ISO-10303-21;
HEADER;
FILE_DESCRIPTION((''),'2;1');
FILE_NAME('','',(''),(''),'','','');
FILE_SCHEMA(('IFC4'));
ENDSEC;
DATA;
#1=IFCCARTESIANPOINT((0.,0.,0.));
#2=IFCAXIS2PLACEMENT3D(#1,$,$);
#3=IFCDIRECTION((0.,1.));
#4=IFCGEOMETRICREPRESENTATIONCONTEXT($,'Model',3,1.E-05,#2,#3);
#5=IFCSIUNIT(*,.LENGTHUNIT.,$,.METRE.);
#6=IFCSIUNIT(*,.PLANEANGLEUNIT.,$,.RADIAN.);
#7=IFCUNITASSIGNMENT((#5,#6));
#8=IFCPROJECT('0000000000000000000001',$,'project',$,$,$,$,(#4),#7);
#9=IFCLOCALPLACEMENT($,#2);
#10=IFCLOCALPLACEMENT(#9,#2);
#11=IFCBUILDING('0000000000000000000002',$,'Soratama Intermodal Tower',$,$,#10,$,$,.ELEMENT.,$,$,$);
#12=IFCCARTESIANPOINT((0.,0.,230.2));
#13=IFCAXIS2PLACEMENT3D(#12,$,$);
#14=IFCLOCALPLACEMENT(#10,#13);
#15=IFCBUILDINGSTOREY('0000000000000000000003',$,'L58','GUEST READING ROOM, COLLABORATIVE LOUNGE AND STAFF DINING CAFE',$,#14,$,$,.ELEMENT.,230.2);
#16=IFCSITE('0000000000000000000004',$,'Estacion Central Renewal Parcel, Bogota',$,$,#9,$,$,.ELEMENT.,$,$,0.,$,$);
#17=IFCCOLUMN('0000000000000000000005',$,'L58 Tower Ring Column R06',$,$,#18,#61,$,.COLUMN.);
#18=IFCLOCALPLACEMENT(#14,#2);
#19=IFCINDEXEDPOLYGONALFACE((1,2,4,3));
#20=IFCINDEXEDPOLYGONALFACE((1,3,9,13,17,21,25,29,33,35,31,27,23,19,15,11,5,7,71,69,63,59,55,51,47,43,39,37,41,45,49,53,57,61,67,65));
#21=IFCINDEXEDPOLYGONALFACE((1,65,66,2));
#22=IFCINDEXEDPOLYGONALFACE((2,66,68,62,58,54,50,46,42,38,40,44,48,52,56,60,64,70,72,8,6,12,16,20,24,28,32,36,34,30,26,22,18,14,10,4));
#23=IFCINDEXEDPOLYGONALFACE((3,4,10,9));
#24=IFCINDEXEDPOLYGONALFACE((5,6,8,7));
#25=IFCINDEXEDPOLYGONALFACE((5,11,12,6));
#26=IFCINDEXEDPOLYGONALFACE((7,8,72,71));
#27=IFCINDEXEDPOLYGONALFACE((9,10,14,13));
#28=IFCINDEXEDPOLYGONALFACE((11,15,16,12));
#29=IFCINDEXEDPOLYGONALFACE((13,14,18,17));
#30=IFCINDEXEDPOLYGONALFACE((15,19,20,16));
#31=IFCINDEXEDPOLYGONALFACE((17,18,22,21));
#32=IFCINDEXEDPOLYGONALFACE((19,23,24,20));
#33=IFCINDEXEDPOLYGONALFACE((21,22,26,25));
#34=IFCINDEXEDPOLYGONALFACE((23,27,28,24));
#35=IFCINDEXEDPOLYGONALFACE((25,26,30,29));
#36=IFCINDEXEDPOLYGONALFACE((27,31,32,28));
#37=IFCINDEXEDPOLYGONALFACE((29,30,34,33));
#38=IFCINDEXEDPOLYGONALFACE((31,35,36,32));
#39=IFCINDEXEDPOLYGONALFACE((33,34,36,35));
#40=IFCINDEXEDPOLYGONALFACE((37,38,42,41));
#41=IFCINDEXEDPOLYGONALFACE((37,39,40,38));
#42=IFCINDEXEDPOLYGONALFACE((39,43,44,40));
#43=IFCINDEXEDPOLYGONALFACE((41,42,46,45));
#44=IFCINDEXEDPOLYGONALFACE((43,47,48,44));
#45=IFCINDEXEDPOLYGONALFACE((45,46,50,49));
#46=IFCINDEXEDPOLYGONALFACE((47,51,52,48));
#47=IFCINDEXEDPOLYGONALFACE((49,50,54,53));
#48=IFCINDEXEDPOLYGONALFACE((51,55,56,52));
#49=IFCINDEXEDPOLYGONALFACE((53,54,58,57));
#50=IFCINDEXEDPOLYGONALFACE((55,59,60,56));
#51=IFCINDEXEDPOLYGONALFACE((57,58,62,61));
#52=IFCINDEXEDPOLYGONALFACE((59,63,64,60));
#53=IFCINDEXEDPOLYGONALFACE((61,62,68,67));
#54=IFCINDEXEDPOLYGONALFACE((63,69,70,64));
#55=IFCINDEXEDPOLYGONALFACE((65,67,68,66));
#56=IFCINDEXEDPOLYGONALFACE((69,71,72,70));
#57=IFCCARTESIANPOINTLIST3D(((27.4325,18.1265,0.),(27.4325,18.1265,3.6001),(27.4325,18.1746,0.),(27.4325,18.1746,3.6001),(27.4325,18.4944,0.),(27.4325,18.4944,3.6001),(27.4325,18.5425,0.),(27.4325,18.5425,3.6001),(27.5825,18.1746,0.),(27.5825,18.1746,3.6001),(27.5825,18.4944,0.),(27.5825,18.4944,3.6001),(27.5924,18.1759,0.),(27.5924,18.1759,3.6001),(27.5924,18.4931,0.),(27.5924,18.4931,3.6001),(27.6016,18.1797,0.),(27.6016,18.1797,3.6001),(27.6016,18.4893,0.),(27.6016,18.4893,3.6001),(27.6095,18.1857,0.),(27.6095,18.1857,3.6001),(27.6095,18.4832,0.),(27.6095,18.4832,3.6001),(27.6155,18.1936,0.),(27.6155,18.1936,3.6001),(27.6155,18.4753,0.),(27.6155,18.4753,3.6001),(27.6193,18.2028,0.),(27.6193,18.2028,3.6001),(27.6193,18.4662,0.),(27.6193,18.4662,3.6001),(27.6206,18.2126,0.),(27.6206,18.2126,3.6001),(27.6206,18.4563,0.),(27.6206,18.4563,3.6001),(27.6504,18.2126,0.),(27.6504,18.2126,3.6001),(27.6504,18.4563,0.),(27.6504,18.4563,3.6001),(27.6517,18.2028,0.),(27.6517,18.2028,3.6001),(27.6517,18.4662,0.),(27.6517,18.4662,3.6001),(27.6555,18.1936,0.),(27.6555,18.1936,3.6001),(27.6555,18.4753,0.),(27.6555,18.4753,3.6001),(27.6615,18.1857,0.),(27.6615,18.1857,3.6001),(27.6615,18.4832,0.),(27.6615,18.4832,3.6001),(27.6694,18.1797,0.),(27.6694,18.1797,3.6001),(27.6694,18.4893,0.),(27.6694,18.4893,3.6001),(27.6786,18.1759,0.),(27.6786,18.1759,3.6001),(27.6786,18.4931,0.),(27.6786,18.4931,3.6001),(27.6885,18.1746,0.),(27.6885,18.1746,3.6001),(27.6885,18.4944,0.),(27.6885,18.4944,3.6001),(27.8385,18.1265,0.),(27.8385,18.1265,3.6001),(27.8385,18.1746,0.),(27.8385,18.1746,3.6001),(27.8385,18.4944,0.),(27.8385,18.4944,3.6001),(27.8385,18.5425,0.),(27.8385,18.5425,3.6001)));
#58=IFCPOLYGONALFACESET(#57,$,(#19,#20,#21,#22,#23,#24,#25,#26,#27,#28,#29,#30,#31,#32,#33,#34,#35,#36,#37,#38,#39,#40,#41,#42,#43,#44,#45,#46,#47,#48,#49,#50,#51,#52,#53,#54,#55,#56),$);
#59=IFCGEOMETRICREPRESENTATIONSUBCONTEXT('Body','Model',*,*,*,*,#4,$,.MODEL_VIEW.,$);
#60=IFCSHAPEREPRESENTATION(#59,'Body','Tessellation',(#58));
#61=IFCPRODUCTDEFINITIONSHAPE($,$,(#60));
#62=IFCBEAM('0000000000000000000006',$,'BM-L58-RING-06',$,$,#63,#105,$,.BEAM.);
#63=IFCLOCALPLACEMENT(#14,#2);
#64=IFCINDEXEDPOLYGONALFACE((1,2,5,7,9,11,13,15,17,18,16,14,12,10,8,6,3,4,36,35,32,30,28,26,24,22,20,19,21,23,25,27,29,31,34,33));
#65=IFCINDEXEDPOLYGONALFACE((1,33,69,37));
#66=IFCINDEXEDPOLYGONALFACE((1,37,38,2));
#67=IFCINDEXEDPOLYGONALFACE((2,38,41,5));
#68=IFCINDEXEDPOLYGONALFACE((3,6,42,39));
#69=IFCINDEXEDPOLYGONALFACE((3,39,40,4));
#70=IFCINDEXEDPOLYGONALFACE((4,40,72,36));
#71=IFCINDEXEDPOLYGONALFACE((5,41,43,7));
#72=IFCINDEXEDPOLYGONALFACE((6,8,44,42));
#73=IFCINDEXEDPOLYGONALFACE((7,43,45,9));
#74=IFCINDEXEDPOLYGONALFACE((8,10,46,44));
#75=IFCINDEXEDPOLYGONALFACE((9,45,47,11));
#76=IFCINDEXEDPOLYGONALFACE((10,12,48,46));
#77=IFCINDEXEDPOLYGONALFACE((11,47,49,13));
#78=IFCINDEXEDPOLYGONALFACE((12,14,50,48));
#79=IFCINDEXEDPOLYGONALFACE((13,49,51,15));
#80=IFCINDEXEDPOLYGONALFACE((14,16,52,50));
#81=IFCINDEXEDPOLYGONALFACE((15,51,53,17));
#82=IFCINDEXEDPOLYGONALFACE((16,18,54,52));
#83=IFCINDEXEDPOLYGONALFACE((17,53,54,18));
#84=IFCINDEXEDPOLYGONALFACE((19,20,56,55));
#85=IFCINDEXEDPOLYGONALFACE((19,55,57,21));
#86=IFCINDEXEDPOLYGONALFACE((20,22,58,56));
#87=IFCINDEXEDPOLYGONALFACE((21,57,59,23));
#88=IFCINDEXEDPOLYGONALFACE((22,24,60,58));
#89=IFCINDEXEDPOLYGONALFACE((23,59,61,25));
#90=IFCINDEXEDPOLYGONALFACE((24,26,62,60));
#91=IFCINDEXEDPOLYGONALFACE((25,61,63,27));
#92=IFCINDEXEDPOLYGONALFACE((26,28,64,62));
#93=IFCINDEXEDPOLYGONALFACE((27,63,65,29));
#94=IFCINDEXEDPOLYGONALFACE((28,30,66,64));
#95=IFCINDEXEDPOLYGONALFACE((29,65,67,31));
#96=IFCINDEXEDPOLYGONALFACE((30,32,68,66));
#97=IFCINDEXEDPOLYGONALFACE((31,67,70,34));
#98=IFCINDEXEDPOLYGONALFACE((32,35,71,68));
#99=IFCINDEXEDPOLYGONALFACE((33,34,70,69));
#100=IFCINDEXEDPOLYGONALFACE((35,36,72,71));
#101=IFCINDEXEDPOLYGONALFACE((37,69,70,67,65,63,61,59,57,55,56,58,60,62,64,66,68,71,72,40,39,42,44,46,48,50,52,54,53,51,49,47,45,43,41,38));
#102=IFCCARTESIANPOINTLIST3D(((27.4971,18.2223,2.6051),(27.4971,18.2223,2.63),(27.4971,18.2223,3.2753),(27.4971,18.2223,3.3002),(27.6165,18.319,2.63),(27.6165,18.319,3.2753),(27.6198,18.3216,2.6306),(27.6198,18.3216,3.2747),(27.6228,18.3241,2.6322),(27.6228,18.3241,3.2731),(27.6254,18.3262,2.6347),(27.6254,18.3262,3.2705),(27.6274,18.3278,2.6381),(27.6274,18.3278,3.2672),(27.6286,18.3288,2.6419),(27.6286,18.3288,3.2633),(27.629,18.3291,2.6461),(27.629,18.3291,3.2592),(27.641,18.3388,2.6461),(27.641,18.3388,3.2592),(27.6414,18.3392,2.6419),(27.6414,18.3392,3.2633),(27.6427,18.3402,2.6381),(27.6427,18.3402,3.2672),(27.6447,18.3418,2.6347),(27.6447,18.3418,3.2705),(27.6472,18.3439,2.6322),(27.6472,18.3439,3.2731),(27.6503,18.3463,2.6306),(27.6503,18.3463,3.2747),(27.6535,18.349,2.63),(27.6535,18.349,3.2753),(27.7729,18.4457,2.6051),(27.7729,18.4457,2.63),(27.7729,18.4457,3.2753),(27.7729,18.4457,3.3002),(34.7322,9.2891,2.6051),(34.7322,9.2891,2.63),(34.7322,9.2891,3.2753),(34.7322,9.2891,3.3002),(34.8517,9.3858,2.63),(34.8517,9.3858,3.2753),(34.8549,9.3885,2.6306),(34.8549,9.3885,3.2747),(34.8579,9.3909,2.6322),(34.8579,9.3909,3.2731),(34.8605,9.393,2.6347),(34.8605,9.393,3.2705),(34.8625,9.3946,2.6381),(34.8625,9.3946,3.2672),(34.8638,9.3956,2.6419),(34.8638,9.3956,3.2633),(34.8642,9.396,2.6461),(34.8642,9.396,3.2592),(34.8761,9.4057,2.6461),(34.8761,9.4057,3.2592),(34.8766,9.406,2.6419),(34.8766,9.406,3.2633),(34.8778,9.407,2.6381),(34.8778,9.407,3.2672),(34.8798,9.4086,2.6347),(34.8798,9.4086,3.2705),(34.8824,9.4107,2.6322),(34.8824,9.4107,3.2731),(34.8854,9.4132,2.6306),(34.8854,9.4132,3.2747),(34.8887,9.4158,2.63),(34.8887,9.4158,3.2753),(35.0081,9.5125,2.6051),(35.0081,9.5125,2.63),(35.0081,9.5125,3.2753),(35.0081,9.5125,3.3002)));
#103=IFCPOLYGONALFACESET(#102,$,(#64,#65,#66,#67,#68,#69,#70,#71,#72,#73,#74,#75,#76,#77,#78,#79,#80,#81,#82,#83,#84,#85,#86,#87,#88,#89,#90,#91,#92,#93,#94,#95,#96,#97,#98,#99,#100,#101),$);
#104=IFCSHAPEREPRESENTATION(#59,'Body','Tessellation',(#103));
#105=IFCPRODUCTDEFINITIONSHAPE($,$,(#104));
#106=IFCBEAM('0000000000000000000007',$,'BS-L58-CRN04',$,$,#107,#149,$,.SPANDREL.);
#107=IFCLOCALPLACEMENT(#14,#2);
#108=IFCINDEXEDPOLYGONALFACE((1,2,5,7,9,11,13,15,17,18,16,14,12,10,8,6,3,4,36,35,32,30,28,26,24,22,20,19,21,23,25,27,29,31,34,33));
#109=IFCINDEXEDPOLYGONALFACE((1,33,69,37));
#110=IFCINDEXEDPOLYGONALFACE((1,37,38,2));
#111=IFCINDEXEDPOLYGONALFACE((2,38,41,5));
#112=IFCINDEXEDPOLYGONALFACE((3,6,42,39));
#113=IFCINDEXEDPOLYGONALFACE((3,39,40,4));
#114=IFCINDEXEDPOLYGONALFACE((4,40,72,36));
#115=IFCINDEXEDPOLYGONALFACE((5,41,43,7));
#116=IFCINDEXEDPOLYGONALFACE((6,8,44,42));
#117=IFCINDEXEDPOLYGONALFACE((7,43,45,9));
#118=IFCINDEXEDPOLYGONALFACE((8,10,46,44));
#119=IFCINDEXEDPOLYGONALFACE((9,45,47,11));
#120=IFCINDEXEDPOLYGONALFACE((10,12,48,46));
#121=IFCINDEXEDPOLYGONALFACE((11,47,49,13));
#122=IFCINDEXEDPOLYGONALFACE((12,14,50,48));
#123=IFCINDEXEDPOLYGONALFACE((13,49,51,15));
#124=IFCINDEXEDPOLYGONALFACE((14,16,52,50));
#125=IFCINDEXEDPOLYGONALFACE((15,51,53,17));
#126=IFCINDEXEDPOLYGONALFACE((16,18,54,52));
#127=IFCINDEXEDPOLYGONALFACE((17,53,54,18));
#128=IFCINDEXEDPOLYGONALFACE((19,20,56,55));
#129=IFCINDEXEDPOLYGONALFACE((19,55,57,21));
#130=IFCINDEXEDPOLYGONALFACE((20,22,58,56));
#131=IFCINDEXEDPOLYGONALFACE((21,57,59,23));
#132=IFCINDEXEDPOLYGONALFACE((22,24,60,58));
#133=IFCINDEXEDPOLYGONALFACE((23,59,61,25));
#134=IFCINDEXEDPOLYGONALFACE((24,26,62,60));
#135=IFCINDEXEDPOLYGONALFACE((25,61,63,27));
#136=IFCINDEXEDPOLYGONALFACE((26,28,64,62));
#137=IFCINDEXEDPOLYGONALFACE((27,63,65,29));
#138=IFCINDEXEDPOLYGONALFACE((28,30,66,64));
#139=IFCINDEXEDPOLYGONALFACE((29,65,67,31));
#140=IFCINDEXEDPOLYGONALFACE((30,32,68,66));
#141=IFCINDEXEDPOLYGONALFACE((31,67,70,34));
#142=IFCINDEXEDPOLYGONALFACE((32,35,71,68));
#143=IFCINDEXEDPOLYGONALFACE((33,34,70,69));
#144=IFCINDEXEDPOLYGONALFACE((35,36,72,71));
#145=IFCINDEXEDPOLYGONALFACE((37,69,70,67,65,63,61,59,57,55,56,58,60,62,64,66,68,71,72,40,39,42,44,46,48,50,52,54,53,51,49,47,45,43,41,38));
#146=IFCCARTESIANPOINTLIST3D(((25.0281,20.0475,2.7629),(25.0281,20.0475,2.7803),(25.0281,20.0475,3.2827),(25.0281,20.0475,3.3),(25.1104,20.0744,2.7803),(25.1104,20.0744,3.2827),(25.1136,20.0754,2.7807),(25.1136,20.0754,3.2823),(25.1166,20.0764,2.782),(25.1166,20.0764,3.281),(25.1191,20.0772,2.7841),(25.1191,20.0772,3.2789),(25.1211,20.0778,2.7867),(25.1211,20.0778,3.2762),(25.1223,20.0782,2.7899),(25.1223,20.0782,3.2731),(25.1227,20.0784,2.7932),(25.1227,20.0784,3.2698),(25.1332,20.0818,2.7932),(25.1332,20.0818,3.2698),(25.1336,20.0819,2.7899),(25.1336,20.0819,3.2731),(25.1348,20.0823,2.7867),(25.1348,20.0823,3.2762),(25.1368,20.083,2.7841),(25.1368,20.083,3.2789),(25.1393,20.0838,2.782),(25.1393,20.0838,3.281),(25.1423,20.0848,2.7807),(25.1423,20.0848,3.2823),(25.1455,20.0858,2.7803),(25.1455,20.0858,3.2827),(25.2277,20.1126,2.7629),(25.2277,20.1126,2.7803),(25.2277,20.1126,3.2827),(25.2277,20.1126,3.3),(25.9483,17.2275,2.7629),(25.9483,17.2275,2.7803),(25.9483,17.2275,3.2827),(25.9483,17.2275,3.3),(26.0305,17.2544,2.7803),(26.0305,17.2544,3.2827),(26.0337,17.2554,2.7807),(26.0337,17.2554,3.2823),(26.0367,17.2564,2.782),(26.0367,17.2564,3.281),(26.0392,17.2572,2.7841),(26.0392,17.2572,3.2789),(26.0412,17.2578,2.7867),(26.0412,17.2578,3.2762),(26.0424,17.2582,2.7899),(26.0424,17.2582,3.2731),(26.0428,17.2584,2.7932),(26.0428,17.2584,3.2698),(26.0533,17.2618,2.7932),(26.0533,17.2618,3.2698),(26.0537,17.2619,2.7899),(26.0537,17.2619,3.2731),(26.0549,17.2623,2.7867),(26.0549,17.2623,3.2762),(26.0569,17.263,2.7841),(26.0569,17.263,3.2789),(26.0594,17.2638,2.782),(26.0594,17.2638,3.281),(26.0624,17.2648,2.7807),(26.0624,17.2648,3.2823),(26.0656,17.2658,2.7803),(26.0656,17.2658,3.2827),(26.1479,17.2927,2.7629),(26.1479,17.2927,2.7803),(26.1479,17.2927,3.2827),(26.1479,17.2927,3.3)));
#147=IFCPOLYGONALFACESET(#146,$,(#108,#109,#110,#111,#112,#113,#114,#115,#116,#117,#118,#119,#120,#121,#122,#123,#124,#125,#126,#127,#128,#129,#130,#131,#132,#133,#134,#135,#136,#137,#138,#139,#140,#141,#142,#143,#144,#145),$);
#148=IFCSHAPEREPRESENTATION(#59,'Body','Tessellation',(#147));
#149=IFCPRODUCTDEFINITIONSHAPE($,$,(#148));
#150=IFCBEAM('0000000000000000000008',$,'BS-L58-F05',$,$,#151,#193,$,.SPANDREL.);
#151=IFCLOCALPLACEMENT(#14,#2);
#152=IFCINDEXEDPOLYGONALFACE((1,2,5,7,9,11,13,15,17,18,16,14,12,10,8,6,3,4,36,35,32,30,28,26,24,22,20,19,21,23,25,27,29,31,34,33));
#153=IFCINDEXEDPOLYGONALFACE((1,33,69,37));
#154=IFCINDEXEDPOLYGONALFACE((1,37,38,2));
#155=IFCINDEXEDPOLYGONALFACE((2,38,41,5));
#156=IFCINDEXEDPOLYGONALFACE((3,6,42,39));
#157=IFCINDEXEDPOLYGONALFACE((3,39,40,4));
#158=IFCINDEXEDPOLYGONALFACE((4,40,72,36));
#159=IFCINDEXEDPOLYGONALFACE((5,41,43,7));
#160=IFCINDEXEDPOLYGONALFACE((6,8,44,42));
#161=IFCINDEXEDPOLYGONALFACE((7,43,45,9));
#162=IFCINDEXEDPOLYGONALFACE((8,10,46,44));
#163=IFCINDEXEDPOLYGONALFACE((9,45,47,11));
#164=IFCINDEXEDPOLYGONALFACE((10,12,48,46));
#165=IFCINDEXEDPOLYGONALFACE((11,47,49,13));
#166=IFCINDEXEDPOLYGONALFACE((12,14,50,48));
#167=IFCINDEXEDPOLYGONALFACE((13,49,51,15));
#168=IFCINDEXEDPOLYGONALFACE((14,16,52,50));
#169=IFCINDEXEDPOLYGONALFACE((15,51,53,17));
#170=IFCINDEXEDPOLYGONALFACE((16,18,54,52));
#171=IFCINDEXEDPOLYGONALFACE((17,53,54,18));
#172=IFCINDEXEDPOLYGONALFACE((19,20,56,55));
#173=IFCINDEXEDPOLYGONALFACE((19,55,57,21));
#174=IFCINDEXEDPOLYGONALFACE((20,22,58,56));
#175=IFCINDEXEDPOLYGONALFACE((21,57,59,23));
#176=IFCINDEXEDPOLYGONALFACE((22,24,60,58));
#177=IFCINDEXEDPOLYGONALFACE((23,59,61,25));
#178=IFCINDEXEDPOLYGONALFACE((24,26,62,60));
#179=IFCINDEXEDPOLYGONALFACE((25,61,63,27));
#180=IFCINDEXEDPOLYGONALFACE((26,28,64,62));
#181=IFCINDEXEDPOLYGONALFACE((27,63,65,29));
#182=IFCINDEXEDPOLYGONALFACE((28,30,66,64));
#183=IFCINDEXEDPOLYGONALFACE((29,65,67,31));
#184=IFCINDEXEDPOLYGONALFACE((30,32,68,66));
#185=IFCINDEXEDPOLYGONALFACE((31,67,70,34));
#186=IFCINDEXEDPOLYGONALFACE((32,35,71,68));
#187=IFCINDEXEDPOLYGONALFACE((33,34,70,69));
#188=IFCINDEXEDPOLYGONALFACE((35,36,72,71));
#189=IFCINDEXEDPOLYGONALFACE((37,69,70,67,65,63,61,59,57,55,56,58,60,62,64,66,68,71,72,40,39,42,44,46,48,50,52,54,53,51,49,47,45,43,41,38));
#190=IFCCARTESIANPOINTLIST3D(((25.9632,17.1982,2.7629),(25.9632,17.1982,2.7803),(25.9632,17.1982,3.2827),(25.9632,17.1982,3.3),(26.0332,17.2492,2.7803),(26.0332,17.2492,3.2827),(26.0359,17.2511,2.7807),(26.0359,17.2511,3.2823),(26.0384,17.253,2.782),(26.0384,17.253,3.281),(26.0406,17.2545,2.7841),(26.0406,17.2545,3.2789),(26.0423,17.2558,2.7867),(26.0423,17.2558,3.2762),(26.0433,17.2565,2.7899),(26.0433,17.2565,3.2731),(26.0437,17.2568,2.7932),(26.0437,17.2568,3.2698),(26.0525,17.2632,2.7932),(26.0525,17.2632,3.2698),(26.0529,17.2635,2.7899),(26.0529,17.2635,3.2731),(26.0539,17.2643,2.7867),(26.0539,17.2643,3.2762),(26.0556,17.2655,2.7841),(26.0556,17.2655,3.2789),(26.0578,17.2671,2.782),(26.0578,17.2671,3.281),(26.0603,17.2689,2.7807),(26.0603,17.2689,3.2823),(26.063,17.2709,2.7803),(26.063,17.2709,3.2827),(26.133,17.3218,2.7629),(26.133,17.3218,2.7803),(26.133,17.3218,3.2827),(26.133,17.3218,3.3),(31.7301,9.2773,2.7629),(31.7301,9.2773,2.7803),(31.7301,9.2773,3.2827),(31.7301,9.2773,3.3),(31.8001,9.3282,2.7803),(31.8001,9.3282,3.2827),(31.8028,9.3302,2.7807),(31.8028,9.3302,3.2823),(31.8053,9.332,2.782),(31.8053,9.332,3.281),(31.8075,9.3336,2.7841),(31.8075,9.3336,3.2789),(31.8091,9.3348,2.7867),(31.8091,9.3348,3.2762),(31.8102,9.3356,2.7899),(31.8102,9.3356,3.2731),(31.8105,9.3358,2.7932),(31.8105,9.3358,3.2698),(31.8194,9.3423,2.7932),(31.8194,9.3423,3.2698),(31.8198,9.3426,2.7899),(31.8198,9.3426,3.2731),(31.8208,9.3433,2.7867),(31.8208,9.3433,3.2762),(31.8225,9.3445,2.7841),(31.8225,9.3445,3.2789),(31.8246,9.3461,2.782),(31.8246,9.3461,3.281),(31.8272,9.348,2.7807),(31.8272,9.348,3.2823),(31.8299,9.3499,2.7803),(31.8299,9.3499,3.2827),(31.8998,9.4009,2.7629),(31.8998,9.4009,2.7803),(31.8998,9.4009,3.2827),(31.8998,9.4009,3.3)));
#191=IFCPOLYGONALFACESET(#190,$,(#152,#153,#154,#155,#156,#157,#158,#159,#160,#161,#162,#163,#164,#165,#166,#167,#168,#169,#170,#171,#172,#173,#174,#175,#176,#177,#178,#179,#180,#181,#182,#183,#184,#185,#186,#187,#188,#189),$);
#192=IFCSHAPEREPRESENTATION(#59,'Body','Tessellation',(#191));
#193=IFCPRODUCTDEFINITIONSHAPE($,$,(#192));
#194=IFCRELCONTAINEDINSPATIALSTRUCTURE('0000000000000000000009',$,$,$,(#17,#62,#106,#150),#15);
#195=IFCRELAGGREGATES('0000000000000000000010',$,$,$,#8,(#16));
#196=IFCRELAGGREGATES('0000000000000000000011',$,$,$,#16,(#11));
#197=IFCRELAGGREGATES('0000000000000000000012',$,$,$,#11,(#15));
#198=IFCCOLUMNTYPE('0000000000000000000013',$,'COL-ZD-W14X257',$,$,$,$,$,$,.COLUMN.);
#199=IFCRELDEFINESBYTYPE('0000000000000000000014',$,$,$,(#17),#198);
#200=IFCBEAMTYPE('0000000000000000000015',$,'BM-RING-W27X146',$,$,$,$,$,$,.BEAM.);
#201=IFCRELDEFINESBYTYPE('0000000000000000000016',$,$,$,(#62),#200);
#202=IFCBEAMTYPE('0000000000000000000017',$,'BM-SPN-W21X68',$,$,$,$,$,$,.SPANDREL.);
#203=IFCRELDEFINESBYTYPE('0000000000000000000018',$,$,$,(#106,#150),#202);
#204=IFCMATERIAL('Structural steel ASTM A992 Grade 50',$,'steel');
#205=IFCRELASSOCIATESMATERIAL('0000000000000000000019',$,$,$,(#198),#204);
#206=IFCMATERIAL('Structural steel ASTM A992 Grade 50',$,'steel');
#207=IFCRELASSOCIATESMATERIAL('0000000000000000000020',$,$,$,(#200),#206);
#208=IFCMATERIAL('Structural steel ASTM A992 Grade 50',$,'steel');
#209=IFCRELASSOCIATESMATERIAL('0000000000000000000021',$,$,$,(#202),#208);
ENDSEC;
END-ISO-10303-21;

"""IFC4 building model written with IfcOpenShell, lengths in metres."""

from ifc_helpers import new_model, si_unit, direction, frame, origin, origin_2d, place, context, subcontext, project, spatial, i_section, extrude, material, material_profile, profile_set, type_object, element, save


model = new_model("IFC4")

# Units and contexts
model_context = context("Model", 3, precision=1e-05, world=origin(), true_north=direction((0.0, 1.0)))
body_context = subcontext(model_context, "Body", "Model", "MODEL_VIEW")
ifc_project = project(units=[si_unit("LENGTHUNIT", "METRE"), si_unit("PLANEANGLEUNIT", "RADIAN")], contexts=[model_context])

# Site, building, storey
site_placement = place(None, origin())
site = spatial("IfcSite", under=ifc_project, at=site_placement, Name="Estacion Central Renewal Parcel, Bogota", CompositionType="ELEMENT", RefElevation=0.0)
building_placement = place(site_placement, origin())
building = spatial("IfcBuilding", under=site, at=building_placement, Name="Soratama Intermodal Tower", CompositionType="ELEMENT")
storey_placement = place(building_placement, frame((0.0, 0.0, 230.2)))
storey = spatial("IfcBuildingStorey", under=building, at=storey_placement, Name="L58", Description="GUEST READING ROOM, COLLABORATIVE LOUNGE AND STAFF DINING CAFE", CompositionType="ELEMENT", Elevation=230.2)

# Column
ifc_material_1 = material(Name="Structural steel ASTM A992 Grade 50", Category="steel")
ifc_material_profile_1 = material_profile(ifc_material_1, i_section(OverallWidth=0.406, OverallDepth=0.416, WebThickness=0.0298, FlangeThickness=0.0481, FilletRadius=0.0381, at=origin_2d()), Name="W14X257")
ifc_profile_set_1 = profile_set([ifc_material_profile_1], Name="Structural steel ASTM A992 Grade 50")
column_type = type_object("IfcColumnType", Name="COL-ZD-W14X257", PredefinedType="COLUMN", material=ifc_profile_set_1)
column_placement = place(storey_placement, frame((27.6355, 18.3345, 0.0), z_axis=(0.0, 0.0, 1.0), x_axis=(1.0, 0.0, 0.0)))
element("IfcColumn", 1, at=column_placement, inside=storey, type_object=column_type, Name="L58 Tower Ring Column R06", PredefinedType="COLUMN", context=body_context, shape_type="SweptSolid", body=[
    extrude(i_section(OverallWidth=0.406, OverallDepth=0.416, WebThickness=0.0298, FlangeThickness=0.0481, FilletRadius=0.0381, at=origin_2d()), origin(), (0.0, 0.0, 1.0), 3.6001),
])

# Beams
ifc_material_2 = material(Name="Structural steel ASTM A992 Grade 50", Category="steel")
ifc_material_profile_2 = material_profile(ifc_material_2, i_section(OverallWidth=0.355, OverallDepth=0.6951, WebThickness=0.0154, FlangeThickness=0.0249, FilletRadius=0.0161, at=origin_2d()), Name="W27X146")
ifc_profile_set_2 = profile_set([ifc_material_profile_2], Name="Structural steel ASTM A992 Grade 50")
beam_type_1 = type_object("IfcBeamType", Name="BM-RING-W27X146", PredefinedType="BEAM", material=ifc_profile_set_2)
beam_1_placement = place(storey_placement, frame((27.635, 18.334, 2.9526), z_axis=(0.629385, -0.777094, 0.0), x_axis=(0.777094, 0.629385, 0.0)))
element("IfcBeam", 2, at=beam_1_placement, inside=storey, type_object=beam_type_1, Name="BM-L58-RING-06", PredefinedType="BEAM", context=body_context, shape_type="SweptSolid", body=[
    extrude(i_section(OverallWidth=0.355, OverallDepth=0.6951, WebThickness=0.0154, FlangeThickness=0.0249, FilletRadius=0.0161, at=origin_2d()), origin(), (0.0, 0.0, 1.0), 11.4956),
])
ifc_material_3 = material(Name="Structural steel ASTM A992 Grade 50", Category="steel")
ifc_material_profile_3 = material_profile(ifc_material_3, i_section(OverallWidth=0.21, OverallDepth=0.5371, WebThickness=0.011, FlangeThickness=0.0173, FilletRadius=0.0129, at=origin_2d()), Name="W21X68")
ifc_profile_set_3 = profile_set([ifc_material_profile_3], Name="Structural steel ASTM A992 Grade 50")
beam_type_2 = type_object("IfcBeamType", Name="BM-SPN-W21X68", PredefinedType="SPANDREL", material=ifc_profile_set_3)
beam_2_placement = place(storey_placement, frame((25.1279, 20.0801, 3.0315), z_axis=(0.310197, -0.950672, 0.0), x_axis=(0.950672, 0.310197, 0.0)))
element("IfcBeam", 3, at=beam_2_placement, inside=storey, type_object=beam_type_2, Name="BS-L58-CRN04", PredefinedType="SPANDREL", context=body_context, shape_type="SweptSolid", body=[
    extrude(i_section(OverallWidth=0.21, OverallDepth=0.5371, WebThickness=0.011, FlangeThickness=0.0173, FilletRadius=0.0129, at=origin_2d()), origin(), (0.0, 0.0, 1.0), 2.9663),
])
beam_3_placement = place(storey_placement, frame((26.0481, 17.26, 3.0315), z_axis=(0.588585, -0.808435, 0.0), x_axis=(0.808435, 0.588585, 0.0)))
element("IfcBeam", 4, at=beam_3_placement, inside=storey, type_object=beam_type_2, Name="BS-L58-F05", PredefinedType="SPANDREL", context=body_context, shape_type="SweptSolid", body=[
    extrude(i_section(OverallWidth=0.21, OverallDepth=0.5371, WebThickness=0.011, FlangeThickness=0.0173, FilletRadius=0.0129, at=origin_2d()), origin(), (0.0, 0.0, 1.0), 9.7979),
])

save(model, "model.ifc")
